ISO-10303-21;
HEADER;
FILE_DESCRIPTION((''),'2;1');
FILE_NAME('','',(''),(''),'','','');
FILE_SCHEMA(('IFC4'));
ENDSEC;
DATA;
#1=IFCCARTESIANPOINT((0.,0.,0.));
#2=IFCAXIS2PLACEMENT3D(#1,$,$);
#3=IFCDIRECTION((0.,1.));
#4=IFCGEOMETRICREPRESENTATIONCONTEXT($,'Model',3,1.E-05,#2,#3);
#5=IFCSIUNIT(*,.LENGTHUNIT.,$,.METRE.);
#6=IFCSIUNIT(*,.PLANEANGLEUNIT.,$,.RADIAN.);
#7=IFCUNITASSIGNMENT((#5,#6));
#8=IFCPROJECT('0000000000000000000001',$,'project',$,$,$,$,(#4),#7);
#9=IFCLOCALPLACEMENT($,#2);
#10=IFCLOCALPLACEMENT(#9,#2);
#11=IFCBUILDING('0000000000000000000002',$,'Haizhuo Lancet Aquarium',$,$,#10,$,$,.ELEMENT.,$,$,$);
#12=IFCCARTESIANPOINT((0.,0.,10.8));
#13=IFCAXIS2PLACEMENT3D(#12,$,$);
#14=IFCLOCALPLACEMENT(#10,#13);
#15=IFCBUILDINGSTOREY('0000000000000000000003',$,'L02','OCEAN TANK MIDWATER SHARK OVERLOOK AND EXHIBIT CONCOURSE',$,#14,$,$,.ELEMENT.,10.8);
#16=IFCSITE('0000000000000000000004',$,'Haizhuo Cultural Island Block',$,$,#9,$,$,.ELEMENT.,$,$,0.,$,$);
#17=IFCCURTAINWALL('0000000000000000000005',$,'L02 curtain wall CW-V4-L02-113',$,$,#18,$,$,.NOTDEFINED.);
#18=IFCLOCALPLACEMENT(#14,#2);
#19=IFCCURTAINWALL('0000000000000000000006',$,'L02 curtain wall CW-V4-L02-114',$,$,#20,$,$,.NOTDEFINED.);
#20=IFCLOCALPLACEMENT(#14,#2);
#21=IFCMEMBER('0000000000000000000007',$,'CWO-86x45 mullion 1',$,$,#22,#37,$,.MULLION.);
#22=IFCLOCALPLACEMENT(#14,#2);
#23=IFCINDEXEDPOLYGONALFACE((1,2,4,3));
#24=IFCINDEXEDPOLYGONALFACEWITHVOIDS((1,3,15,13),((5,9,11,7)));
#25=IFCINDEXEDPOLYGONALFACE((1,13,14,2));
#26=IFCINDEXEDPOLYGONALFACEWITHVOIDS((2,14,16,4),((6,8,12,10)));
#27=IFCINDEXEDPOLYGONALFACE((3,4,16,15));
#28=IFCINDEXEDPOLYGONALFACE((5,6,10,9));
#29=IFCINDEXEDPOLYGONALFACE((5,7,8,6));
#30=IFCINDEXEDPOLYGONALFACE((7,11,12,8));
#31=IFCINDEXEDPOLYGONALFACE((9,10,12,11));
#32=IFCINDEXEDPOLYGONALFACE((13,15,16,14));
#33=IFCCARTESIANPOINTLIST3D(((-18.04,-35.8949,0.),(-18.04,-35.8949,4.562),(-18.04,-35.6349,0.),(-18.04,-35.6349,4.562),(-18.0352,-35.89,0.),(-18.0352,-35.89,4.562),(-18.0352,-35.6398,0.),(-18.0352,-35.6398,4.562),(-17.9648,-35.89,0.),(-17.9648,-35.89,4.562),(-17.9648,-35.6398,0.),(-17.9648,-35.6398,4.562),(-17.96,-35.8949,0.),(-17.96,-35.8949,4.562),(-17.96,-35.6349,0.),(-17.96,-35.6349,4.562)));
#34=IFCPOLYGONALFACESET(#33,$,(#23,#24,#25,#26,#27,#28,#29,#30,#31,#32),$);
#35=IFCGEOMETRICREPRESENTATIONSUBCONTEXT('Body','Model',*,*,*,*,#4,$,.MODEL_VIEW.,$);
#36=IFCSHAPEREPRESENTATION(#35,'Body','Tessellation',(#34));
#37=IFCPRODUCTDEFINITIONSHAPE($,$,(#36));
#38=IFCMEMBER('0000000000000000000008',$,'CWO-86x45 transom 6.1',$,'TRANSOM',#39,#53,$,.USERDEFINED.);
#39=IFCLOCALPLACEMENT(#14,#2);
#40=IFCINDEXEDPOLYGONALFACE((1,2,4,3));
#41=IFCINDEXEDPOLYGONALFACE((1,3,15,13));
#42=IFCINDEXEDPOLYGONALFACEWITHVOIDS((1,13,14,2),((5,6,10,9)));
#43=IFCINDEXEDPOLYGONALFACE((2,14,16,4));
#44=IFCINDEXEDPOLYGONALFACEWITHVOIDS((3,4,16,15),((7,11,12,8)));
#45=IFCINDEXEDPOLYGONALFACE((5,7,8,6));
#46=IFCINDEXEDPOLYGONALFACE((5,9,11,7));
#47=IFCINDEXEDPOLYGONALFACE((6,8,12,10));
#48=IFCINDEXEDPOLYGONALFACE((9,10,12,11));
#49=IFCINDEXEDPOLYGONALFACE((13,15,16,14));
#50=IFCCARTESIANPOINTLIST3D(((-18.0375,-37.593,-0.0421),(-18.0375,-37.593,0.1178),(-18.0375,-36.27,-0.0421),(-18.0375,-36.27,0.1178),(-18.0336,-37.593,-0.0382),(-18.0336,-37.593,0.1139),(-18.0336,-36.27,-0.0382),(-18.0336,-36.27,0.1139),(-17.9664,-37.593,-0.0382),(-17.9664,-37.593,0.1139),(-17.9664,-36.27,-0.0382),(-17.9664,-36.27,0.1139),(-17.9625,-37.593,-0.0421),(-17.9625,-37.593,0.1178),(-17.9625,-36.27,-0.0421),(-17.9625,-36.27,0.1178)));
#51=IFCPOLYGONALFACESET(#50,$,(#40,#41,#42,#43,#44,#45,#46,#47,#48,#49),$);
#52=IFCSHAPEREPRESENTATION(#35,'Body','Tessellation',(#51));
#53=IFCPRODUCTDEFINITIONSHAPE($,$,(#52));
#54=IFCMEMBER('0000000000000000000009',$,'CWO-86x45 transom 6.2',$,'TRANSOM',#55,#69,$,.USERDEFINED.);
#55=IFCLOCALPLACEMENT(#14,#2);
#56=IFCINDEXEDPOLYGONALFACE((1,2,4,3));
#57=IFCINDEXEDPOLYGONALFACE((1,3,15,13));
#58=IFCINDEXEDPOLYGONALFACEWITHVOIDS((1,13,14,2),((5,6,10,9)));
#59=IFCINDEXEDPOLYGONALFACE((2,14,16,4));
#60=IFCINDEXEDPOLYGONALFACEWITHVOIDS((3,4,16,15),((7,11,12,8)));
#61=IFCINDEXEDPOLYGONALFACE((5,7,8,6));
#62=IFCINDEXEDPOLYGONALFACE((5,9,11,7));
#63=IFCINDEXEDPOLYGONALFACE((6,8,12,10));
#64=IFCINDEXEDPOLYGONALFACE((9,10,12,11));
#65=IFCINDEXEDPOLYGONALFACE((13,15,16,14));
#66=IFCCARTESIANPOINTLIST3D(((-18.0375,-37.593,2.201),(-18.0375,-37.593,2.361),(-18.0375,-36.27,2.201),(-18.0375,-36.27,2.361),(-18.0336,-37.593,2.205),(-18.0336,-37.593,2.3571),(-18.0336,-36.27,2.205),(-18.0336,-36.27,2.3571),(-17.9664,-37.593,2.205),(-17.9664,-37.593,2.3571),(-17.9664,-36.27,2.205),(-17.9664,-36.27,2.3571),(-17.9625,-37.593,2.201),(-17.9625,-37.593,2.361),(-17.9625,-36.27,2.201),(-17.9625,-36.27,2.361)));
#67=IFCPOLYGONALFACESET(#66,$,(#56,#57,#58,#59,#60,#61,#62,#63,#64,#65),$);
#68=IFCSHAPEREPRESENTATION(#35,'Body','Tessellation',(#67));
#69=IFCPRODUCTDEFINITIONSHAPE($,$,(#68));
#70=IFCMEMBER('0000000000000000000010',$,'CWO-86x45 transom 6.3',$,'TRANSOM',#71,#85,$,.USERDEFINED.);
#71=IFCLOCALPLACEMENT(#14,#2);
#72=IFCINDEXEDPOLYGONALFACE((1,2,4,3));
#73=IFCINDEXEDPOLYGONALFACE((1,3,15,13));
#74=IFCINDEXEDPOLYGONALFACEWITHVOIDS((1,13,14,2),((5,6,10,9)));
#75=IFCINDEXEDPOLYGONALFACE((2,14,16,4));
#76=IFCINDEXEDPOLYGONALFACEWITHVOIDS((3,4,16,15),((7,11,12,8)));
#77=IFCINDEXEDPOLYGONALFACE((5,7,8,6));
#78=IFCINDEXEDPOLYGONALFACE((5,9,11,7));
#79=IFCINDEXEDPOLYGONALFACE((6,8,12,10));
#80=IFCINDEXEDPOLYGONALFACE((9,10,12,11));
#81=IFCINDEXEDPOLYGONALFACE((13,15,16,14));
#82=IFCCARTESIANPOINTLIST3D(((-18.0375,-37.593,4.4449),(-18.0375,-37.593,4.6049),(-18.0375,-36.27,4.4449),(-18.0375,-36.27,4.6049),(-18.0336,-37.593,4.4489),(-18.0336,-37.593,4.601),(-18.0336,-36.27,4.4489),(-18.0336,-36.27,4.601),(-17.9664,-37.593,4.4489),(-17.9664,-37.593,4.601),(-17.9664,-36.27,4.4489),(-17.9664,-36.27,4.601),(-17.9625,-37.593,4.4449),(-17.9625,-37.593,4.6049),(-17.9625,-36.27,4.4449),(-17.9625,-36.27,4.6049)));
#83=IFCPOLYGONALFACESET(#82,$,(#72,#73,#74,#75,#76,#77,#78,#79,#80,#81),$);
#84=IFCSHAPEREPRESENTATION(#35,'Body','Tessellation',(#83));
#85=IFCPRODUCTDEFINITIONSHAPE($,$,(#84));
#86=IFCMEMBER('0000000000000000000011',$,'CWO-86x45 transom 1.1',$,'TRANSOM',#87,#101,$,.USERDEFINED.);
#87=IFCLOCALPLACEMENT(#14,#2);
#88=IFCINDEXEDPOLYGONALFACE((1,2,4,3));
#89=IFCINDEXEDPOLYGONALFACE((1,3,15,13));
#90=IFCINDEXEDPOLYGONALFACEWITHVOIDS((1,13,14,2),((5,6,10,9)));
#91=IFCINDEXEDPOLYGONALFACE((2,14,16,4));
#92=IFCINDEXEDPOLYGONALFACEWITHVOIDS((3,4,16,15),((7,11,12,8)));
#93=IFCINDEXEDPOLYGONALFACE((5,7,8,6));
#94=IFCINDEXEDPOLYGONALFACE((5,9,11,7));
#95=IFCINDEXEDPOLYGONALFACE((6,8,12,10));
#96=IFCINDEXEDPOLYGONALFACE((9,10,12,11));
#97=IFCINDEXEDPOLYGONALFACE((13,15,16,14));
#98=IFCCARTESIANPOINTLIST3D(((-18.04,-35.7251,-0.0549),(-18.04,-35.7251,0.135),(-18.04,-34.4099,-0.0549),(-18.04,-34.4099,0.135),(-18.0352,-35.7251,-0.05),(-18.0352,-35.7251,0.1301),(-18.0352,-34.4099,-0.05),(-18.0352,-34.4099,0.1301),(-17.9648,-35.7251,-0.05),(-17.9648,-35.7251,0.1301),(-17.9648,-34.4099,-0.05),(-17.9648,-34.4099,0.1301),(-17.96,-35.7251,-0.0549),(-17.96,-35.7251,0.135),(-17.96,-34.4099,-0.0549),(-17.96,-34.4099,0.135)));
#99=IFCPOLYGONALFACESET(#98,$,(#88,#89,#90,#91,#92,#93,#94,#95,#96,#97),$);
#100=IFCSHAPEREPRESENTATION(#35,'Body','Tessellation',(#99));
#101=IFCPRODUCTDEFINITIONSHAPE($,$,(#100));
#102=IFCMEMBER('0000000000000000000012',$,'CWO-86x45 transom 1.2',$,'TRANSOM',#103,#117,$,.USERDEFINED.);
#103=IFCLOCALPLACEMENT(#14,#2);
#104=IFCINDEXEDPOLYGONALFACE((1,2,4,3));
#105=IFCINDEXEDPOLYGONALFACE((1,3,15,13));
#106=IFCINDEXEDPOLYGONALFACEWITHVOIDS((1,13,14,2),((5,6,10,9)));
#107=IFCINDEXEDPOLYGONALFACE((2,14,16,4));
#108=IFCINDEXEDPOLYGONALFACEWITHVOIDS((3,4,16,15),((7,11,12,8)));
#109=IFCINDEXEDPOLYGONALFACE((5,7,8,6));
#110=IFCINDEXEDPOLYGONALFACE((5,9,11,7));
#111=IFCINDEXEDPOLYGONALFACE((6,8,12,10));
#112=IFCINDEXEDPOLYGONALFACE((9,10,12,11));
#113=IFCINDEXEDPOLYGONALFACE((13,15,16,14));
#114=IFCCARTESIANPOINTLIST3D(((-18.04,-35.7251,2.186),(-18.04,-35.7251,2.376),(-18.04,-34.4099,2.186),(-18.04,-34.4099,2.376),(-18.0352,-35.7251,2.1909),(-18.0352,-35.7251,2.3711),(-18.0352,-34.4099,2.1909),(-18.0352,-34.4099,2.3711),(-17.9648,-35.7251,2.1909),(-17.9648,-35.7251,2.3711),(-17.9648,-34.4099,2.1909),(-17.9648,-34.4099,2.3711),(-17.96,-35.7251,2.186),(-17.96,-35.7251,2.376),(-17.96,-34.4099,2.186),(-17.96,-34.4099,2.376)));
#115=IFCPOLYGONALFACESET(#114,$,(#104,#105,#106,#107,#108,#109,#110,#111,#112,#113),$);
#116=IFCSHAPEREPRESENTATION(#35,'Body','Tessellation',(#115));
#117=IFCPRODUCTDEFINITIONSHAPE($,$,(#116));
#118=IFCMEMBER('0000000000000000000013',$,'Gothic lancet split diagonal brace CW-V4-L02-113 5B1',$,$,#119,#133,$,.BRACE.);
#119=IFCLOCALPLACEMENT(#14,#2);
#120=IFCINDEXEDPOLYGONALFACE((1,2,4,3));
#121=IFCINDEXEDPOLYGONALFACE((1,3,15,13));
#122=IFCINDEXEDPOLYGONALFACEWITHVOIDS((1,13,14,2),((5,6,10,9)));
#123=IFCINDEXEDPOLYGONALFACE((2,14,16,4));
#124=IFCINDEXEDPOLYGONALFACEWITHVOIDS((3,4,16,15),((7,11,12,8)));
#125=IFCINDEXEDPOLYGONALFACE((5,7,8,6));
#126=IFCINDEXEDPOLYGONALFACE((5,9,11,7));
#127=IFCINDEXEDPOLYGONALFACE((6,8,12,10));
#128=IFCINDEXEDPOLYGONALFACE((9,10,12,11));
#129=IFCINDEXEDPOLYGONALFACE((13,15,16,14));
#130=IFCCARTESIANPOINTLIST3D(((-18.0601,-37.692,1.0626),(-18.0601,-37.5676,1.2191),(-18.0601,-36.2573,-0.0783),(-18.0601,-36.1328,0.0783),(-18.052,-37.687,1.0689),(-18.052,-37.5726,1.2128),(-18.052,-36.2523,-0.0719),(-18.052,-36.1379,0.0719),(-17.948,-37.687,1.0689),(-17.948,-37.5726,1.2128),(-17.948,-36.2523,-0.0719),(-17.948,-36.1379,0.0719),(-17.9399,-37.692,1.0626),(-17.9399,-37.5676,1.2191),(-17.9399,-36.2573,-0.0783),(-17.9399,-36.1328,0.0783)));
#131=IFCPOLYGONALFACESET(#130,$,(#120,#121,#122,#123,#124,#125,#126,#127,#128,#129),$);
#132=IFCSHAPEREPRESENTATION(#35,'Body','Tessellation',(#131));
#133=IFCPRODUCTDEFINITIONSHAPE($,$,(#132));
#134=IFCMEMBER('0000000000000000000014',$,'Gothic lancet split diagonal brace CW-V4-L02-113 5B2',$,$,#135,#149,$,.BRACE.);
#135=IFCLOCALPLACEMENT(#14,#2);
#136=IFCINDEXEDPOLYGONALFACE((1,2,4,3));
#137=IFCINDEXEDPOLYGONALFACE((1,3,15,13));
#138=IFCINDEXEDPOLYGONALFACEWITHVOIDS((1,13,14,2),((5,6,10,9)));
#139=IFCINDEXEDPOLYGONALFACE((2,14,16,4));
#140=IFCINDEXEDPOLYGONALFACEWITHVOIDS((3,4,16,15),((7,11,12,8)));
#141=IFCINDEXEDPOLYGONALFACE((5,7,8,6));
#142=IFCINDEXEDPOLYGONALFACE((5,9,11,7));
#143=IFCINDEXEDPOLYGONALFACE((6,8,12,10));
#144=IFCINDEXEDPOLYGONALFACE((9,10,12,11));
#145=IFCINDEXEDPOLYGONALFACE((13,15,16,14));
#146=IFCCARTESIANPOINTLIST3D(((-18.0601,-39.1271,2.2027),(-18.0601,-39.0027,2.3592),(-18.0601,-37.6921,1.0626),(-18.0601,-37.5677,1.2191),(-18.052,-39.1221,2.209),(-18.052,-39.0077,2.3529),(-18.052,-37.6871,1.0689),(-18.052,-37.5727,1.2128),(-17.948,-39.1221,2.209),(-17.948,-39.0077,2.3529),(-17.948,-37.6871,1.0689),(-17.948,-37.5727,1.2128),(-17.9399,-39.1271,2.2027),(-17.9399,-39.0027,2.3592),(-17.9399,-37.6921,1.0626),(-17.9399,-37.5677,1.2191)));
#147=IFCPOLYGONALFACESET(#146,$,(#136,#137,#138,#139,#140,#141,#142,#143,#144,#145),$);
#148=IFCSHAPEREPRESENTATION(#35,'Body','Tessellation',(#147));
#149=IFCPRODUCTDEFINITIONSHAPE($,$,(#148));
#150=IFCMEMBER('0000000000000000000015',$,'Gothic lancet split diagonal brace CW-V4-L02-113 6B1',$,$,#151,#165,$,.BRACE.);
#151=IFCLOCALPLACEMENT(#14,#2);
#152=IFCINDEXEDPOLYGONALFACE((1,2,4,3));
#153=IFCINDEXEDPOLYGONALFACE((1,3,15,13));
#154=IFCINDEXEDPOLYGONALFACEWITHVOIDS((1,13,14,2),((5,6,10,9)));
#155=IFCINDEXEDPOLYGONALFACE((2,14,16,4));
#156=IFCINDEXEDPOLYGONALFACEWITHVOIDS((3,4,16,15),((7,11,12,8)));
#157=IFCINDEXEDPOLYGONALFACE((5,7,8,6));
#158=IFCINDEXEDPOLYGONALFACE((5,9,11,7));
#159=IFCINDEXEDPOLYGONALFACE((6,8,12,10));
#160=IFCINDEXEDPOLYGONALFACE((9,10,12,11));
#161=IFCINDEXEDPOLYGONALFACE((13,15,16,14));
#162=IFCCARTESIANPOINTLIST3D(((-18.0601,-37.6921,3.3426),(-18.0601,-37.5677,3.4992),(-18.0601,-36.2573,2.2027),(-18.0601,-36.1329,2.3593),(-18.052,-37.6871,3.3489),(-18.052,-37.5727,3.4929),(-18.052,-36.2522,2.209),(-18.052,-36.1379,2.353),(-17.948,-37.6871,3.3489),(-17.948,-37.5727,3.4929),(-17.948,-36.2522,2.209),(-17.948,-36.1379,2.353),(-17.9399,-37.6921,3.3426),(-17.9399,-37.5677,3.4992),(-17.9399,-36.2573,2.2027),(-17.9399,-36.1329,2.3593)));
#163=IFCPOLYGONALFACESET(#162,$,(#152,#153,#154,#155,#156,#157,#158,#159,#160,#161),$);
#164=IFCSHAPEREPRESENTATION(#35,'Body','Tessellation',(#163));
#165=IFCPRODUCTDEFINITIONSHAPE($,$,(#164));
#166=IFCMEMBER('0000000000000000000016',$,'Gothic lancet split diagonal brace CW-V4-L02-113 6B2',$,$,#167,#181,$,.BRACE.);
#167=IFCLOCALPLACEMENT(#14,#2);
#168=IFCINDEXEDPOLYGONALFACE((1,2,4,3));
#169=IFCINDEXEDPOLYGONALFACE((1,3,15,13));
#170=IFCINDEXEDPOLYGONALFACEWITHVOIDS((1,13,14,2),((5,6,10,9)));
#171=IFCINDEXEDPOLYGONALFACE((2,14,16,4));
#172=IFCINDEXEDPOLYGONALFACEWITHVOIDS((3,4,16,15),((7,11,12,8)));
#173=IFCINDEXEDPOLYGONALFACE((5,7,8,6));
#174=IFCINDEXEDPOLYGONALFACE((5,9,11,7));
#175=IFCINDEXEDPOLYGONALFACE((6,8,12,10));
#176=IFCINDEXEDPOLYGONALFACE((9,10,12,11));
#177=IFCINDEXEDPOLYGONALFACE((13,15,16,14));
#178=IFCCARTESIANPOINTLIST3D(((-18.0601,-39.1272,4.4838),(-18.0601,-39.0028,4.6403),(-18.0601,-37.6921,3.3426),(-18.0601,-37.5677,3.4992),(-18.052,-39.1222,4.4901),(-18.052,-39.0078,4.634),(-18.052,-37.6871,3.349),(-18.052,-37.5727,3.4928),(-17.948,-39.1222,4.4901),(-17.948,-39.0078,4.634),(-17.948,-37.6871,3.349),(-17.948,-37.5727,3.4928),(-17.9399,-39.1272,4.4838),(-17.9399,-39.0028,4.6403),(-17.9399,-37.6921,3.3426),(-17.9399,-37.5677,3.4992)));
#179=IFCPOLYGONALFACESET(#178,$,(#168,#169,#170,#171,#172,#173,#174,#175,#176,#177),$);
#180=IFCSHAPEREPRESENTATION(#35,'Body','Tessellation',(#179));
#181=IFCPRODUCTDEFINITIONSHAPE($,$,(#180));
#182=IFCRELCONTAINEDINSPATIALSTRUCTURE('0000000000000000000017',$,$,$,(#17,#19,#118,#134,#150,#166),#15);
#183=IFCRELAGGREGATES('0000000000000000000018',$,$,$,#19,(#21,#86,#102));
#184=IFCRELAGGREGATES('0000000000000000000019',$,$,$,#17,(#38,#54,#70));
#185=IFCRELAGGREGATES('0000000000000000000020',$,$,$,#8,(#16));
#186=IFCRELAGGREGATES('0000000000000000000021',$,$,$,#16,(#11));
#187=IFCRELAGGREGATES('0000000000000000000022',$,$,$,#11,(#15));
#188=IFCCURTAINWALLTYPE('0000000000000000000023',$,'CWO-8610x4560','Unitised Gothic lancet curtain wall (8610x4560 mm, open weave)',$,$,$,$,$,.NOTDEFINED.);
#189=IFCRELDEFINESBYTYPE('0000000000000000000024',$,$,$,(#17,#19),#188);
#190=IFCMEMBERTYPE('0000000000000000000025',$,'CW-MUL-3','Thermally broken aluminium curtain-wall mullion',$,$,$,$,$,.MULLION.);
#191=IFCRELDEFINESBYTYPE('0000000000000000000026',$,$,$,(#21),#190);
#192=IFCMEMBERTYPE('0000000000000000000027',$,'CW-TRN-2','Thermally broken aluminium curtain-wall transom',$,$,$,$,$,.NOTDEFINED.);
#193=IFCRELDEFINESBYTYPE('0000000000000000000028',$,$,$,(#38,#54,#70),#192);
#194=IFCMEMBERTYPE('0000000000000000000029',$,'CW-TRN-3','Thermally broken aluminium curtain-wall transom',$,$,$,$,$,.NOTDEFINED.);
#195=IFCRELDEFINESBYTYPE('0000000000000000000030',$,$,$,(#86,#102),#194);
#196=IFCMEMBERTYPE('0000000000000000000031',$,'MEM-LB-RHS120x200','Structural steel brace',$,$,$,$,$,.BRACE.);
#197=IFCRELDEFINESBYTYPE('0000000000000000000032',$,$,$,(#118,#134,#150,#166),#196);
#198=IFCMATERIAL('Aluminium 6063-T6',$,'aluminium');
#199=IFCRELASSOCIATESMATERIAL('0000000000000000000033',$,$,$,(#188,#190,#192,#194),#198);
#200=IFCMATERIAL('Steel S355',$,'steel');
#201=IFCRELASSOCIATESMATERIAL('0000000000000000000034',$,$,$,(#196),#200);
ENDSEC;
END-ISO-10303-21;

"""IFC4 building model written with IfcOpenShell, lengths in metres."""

from ifc_helpers import new_model, si_unit, direction, frame, origin, origin_2d, place, context, subcontext, project, spatial, hollow_rectangle, extrude, material, material_profile, profile_set, type_object, element, aggregate, save


model = new_model("IFC4")

# Units and contexts
model_context = context("Model", 3, precision=1e-05, world=origin(), true_north=direction((0.0, 1.0)))
body_context = subcontext(model_context, "Body", "Model", "MODEL_VIEW")
ifc_project = project(units=[si_unit("LENGTHUNIT", "METRE"), si_unit("PLANEANGLEUNIT", "RADIAN")], contexts=[model_context])

# Site, building, storey
site_placement = place(None, origin())
site = spatial("IfcSite", under=ifc_project, at=site_placement, Name="Haizhuo Cultural Island Block", CompositionType="ELEMENT", RefElevation=0.0)
building_placement = place(site_placement, origin())
building = spatial("IfcBuilding", under=site, at=building_placement, Name="Haizhuo Lancet Aquarium", CompositionType="ELEMENT")
storey_placement = place(building_placement, frame((0.0, 0.0, 10.8)))
storey = spatial("IfcBuildingStorey", under=building, at=storey_placement, Name="L02", Description="OCEAN TANK MIDWATER SHARK OVERLOOK AND EXHIBIT CONCOURSE", CompositionType="ELEMENT", Elevation=10.8)

# Shared definitions
ifc_material_1 = material(Name="Steel S355", Category="steel")

# Curtain wall
ifc_material_2 = material(Name="Aluminium 6063-T6", Category="aluminium")
curtain_wall_type = type_object("IfcCurtainWallType", Name="CWO-8610x4560", Description="Unitised Gothic lancet curtain wall (8610x4560 mm, open weave)", PredefinedType="NOTDEFINED", material=ifc_material_2)
curtain_wall_1_placement = place(storey_placement, origin())
curtain_wall_1 = element("IfcCurtainWall", 1, at=curtain_wall_1_placement, inside=storey, type_object=curtain_wall_type, Name="L02 curtain wall CW-V4-L02-113", PredefinedType="NOTDEFINED")

# Curtain wall, member
curtain_wall_2_placement = place(storey_placement, origin())
curtain_wall_2 = element("IfcCurtainWall", 2, at=curtain_wall_2_placement, inside=storey, type_object=curtain_wall_type, Name="L02 curtain wall CW-V4-L02-114", PredefinedType="NOTDEFINED")
ifc_material_profile_1 = material_profile(ifc_material_2, hollow_rectangle(XDim=0.0801, YDim=0.26, WallThickness=0.0049, at=origin_2d()), Name="ALU-M 80x260x5")
ifc_profile_set_1 = profile_set([ifc_material_profile_1], Name="Aluminium 6063-T6")
member_type_1 = type_object("IfcMemberType", Name="CW-MUL-3", Description="Thermally broken aluminium curtain-wall mullion", PredefinedType="MULLION", material=ifc_profile_set_1)
member_1_placement = place(storey_placement, frame((-18.0, -35.7649, 0.0), z_axis=(0.0, 0.0, 1.0), x_axis=(-1.0, 0.0, 0.0)))
member_1 = element("IfcMember", 3, at=member_1_placement, type_object=member_type_1, Name="CWO-86x45 mullion 1", PredefinedType="MULLION", context=body_context, shape_type="SweptSolid", body=[
    extrude(hollow_rectangle(XDim=0.0801, YDim=0.26, WallThickness=0.0049, at=origin_2d()), origin(), (0.0, 0.0, 1.0), 4.562),
])

# Members
ifc_material_profile_2 = material_profile(ifc_material_2, hollow_rectangle(XDim=0.075, YDim=0.1599, WallThickness=0.0039, at=origin_2d()), Name="ALU-T 75x160x4")
ifc_profile_set_2 = profile_set([ifc_material_profile_2], Name="Aluminium 6063-T6")
member_type_2 = type_object("IfcMemberType", Name="CW-TRN-2", Description="Thermally broken aluminium curtain-wall transom", PredefinedType="NOTDEFINED", material=ifc_profile_set_2)
member_2_placement = place(storey_placement, frame((-18.0, -37.593, 0.0378), z_axis=(0.0, 1.0, 0.0), x_axis=(-1.0, 0.0, 0.0)))
member_2 = element("IfcMember", 4, at=member_2_placement, type_object=member_type_2, Name="CWO-86x45 transom 6.1", ObjectType="TRANSOM", PredefinedType="USERDEFINED", context=body_context, shape_type="SweptSolid", body=[
    extrude(hollow_rectangle(XDim=0.075, YDim=0.1599, WallThickness=0.0039, at=origin_2d()), origin(), (0.0, 0.0, 1.0), 1.323),
])
member_3_placement = place(storey_placement, frame((-18.0, -37.593, 2.281), z_axis=(0.0, 1.0, 0.0), x_axis=(-1.0, 0.0, 0.0)))
member_3 = element("IfcMember", 5, at=member_3_placement, type_object=member_type_2, Name="CWO-86x45 transom 6.2", ObjectType="TRANSOM", PredefinedType="USERDEFINED", context=body_context, shape_type="SweptSolid", body=[
    extrude(hollow_rectangle(XDim=0.075, YDim=0.1599, WallThickness=0.0039, at=origin_2d()), origin(), (0.0, 0.0, 1.0), 1.323),
])
member_4_placement = place(storey_placement, frame((-18.0, -37.593, 4.5249), z_axis=(0.0, 1.0, 0.0), x_axis=(-1.0, 0.0, 0.0)))
member_4 = element("IfcMember", 6, at=member_4_placement, type_object=member_type_2, Name="CWO-86x45 transom 6.3", ObjectType="TRANSOM", PredefinedType="USERDEFINED", context=body_context, shape_type="SweptSolid", body=[
    extrude(hollow_rectangle(XDim=0.075, YDim=0.1599, WallThickness=0.0039, at=origin_2d()), origin(), (0.0, 0.0, 1.0), 1.323),
])
ifc_material_profile_3 = material_profile(ifc_material_2, hollow_rectangle(XDim=0.0801, YDim=0.1899, WallThickness=0.0049, at=origin_2d()), Name="ALU-T 80x190x5")
ifc_profile_set_3 = profile_set([ifc_material_profile_3], Name="Aluminium 6063-T6")
member_type_3 = type_object("IfcMemberType", Name="CW-TRN-3", Description="Thermally broken aluminium curtain-wall transom", PredefinedType="NOTDEFINED", material=ifc_profile_set_3)
member_5_placement = place(storey_placement, frame((-18.0, -35.7251, 0.04), z_axis=(0.0, 1.0, 0.0), x_axis=(-1.0, 0.0, 0.0)))
member_5 = element("IfcMember", 7, at=member_5_placement, type_object=member_type_3, Name="CWO-86x45 transom 1.1", ObjectType="TRANSOM", PredefinedType="USERDEFINED", context=body_context, shape_type="SweptSolid", body=[
    extrude(hollow_rectangle(XDim=0.0801, YDim=0.1899, WallThickness=0.0049, at=origin_2d()), origin(), (0.0, 0.0, 1.0), 1.3152),
])
member_6_placement = place(storey_placement, frame((-18.0, -35.7251, 2.281), z_axis=(0.0, 1.0, 0.0), x_axis=(-1.0, 0.0, 0.0)))
member_6 = element("IfcMember", 8, at=member_6_placement, type_object=member_type_3, Name="CWO-86x45 transom 1.2", ObjectType="TRANSOM", PredefinedType="USERDEFINED", context=body_context, shape_type="SweptSolid", body=[
    extrude(hollow_rectangle(XDim=0.0801, YDim=0.1899, WallThickness=0.0049, at=origin_2d()), origin(), (0.0, 0.0, 1.0), 1.3152),
])
aggregate(curtain_wall_2, [member_1, member_5, member_6])

# Members
ifc_material_profile_4 = material_profile(ifc_material_1, hollow_rectangle(XDim=0.1201, YDim=0.2, WallThickness=0.0081, at=origin_2d()), Name="RHS 120x200x8")
ifc_profile_set_4 = profile_set([ifc_material_profile_4], Name="Steel S355")
member_type_4 = type_object("IfcMemberType", Name="MEM-LB-RHS120x200", Description="Structural steel brace", PredefinedType="BRACE", material=ifc_profile_set_4)
member_7_placement = place(storey_placement, frame((-18.0, -36.1951, 0.0), z_axis=(0.0, -0.782723, 0.62237), x_axis=(1.0, 0.0, 0.0)))
element("IfcMember", 9, at=member_7_placement, inside=storey, type_object=member_type_4, Name="Gothic lancet split diagonal brace CW-V4-L02-113 5B1", PredefinedType="BRACE", context=body_context, shape_type="SweptSolid", body=[
    extrude(hollow_rectangle(XDim=0.1201, YDim=0.2, WallThickness=0.0081, at=origin_2d()), origin(), (0.0, 0.0, 1.0), 1.833),
])
member_8_placement = place(storey_placement, frame((-18.0, -37.6299, 1.1409), z_axis=(0.0, -0.78297, 0.62206), x_axis=(1.0, 0.0, 0.0)))
element("IfcMember", 10, at=member_8_placement, inside=storey, type_object=member_type_4, Name="Gothic lancet split diagonal brace CW-V4-L02-113 5B2", PredefinedType="BRACE", context=body_context, shape_type="SweptSolid", body=[
    extrude(hollow_rectangle(XDim=0.1201, YDim=0.2, WallThickness=0.0081, at=origin_2d()), origin(), (0.0, 0.0, 1.0), 1.8328),
])
member_9_placement = place(storey_placement, frame((-18.0, -36.1951, 2.281), z_axis=(0.0, -0.782983, 0.622043), x_axis=(1.0, 0.0, 0.0)))
element("IfcMember", 11, at=member_9_placement, inside=storey, type_object=member_type_4, Name="Gothic lancet split diagonal brace CW-V4-L02-113 6B1", PredefinedType="BRACE", context=body_context, shape_type="SweptSolid", body=[
    extrude(hollow_rectangle(XDim=0.1201, YDim=0.2, WallThickness=0.0081, at=origin_2d()), origin(), (0.0, 0.0, 1.0), 1.8325),
])
member_10_placement = place(storey_placement, frame((-18.0, -37.6299, 3.4209), z_axis=(0.0, -0.78271, 0.622386), x_axis=(1.0, 0.0, 0.0)))
element("IfcMember", 12, at=member_10_placement, inside=storey, type_object=member_type_4, Name="Gothic lancet split diagonal brace CW-V4-L02-113 6B2", PredefinedType="BRACE", context=body_context, shape_type="SweptSolid", body=[
    extrude(hollow_rectangle(XDim=0.1201, YDim=0.2, WallThickness=0.0081, at=origin_2d()), origin(), (0.0, 0.0, 1.0), 1.8335),
])

aggregate(curtain_wall_1, [member_2, member_3, member_4])

save(model, "model.ifc")
